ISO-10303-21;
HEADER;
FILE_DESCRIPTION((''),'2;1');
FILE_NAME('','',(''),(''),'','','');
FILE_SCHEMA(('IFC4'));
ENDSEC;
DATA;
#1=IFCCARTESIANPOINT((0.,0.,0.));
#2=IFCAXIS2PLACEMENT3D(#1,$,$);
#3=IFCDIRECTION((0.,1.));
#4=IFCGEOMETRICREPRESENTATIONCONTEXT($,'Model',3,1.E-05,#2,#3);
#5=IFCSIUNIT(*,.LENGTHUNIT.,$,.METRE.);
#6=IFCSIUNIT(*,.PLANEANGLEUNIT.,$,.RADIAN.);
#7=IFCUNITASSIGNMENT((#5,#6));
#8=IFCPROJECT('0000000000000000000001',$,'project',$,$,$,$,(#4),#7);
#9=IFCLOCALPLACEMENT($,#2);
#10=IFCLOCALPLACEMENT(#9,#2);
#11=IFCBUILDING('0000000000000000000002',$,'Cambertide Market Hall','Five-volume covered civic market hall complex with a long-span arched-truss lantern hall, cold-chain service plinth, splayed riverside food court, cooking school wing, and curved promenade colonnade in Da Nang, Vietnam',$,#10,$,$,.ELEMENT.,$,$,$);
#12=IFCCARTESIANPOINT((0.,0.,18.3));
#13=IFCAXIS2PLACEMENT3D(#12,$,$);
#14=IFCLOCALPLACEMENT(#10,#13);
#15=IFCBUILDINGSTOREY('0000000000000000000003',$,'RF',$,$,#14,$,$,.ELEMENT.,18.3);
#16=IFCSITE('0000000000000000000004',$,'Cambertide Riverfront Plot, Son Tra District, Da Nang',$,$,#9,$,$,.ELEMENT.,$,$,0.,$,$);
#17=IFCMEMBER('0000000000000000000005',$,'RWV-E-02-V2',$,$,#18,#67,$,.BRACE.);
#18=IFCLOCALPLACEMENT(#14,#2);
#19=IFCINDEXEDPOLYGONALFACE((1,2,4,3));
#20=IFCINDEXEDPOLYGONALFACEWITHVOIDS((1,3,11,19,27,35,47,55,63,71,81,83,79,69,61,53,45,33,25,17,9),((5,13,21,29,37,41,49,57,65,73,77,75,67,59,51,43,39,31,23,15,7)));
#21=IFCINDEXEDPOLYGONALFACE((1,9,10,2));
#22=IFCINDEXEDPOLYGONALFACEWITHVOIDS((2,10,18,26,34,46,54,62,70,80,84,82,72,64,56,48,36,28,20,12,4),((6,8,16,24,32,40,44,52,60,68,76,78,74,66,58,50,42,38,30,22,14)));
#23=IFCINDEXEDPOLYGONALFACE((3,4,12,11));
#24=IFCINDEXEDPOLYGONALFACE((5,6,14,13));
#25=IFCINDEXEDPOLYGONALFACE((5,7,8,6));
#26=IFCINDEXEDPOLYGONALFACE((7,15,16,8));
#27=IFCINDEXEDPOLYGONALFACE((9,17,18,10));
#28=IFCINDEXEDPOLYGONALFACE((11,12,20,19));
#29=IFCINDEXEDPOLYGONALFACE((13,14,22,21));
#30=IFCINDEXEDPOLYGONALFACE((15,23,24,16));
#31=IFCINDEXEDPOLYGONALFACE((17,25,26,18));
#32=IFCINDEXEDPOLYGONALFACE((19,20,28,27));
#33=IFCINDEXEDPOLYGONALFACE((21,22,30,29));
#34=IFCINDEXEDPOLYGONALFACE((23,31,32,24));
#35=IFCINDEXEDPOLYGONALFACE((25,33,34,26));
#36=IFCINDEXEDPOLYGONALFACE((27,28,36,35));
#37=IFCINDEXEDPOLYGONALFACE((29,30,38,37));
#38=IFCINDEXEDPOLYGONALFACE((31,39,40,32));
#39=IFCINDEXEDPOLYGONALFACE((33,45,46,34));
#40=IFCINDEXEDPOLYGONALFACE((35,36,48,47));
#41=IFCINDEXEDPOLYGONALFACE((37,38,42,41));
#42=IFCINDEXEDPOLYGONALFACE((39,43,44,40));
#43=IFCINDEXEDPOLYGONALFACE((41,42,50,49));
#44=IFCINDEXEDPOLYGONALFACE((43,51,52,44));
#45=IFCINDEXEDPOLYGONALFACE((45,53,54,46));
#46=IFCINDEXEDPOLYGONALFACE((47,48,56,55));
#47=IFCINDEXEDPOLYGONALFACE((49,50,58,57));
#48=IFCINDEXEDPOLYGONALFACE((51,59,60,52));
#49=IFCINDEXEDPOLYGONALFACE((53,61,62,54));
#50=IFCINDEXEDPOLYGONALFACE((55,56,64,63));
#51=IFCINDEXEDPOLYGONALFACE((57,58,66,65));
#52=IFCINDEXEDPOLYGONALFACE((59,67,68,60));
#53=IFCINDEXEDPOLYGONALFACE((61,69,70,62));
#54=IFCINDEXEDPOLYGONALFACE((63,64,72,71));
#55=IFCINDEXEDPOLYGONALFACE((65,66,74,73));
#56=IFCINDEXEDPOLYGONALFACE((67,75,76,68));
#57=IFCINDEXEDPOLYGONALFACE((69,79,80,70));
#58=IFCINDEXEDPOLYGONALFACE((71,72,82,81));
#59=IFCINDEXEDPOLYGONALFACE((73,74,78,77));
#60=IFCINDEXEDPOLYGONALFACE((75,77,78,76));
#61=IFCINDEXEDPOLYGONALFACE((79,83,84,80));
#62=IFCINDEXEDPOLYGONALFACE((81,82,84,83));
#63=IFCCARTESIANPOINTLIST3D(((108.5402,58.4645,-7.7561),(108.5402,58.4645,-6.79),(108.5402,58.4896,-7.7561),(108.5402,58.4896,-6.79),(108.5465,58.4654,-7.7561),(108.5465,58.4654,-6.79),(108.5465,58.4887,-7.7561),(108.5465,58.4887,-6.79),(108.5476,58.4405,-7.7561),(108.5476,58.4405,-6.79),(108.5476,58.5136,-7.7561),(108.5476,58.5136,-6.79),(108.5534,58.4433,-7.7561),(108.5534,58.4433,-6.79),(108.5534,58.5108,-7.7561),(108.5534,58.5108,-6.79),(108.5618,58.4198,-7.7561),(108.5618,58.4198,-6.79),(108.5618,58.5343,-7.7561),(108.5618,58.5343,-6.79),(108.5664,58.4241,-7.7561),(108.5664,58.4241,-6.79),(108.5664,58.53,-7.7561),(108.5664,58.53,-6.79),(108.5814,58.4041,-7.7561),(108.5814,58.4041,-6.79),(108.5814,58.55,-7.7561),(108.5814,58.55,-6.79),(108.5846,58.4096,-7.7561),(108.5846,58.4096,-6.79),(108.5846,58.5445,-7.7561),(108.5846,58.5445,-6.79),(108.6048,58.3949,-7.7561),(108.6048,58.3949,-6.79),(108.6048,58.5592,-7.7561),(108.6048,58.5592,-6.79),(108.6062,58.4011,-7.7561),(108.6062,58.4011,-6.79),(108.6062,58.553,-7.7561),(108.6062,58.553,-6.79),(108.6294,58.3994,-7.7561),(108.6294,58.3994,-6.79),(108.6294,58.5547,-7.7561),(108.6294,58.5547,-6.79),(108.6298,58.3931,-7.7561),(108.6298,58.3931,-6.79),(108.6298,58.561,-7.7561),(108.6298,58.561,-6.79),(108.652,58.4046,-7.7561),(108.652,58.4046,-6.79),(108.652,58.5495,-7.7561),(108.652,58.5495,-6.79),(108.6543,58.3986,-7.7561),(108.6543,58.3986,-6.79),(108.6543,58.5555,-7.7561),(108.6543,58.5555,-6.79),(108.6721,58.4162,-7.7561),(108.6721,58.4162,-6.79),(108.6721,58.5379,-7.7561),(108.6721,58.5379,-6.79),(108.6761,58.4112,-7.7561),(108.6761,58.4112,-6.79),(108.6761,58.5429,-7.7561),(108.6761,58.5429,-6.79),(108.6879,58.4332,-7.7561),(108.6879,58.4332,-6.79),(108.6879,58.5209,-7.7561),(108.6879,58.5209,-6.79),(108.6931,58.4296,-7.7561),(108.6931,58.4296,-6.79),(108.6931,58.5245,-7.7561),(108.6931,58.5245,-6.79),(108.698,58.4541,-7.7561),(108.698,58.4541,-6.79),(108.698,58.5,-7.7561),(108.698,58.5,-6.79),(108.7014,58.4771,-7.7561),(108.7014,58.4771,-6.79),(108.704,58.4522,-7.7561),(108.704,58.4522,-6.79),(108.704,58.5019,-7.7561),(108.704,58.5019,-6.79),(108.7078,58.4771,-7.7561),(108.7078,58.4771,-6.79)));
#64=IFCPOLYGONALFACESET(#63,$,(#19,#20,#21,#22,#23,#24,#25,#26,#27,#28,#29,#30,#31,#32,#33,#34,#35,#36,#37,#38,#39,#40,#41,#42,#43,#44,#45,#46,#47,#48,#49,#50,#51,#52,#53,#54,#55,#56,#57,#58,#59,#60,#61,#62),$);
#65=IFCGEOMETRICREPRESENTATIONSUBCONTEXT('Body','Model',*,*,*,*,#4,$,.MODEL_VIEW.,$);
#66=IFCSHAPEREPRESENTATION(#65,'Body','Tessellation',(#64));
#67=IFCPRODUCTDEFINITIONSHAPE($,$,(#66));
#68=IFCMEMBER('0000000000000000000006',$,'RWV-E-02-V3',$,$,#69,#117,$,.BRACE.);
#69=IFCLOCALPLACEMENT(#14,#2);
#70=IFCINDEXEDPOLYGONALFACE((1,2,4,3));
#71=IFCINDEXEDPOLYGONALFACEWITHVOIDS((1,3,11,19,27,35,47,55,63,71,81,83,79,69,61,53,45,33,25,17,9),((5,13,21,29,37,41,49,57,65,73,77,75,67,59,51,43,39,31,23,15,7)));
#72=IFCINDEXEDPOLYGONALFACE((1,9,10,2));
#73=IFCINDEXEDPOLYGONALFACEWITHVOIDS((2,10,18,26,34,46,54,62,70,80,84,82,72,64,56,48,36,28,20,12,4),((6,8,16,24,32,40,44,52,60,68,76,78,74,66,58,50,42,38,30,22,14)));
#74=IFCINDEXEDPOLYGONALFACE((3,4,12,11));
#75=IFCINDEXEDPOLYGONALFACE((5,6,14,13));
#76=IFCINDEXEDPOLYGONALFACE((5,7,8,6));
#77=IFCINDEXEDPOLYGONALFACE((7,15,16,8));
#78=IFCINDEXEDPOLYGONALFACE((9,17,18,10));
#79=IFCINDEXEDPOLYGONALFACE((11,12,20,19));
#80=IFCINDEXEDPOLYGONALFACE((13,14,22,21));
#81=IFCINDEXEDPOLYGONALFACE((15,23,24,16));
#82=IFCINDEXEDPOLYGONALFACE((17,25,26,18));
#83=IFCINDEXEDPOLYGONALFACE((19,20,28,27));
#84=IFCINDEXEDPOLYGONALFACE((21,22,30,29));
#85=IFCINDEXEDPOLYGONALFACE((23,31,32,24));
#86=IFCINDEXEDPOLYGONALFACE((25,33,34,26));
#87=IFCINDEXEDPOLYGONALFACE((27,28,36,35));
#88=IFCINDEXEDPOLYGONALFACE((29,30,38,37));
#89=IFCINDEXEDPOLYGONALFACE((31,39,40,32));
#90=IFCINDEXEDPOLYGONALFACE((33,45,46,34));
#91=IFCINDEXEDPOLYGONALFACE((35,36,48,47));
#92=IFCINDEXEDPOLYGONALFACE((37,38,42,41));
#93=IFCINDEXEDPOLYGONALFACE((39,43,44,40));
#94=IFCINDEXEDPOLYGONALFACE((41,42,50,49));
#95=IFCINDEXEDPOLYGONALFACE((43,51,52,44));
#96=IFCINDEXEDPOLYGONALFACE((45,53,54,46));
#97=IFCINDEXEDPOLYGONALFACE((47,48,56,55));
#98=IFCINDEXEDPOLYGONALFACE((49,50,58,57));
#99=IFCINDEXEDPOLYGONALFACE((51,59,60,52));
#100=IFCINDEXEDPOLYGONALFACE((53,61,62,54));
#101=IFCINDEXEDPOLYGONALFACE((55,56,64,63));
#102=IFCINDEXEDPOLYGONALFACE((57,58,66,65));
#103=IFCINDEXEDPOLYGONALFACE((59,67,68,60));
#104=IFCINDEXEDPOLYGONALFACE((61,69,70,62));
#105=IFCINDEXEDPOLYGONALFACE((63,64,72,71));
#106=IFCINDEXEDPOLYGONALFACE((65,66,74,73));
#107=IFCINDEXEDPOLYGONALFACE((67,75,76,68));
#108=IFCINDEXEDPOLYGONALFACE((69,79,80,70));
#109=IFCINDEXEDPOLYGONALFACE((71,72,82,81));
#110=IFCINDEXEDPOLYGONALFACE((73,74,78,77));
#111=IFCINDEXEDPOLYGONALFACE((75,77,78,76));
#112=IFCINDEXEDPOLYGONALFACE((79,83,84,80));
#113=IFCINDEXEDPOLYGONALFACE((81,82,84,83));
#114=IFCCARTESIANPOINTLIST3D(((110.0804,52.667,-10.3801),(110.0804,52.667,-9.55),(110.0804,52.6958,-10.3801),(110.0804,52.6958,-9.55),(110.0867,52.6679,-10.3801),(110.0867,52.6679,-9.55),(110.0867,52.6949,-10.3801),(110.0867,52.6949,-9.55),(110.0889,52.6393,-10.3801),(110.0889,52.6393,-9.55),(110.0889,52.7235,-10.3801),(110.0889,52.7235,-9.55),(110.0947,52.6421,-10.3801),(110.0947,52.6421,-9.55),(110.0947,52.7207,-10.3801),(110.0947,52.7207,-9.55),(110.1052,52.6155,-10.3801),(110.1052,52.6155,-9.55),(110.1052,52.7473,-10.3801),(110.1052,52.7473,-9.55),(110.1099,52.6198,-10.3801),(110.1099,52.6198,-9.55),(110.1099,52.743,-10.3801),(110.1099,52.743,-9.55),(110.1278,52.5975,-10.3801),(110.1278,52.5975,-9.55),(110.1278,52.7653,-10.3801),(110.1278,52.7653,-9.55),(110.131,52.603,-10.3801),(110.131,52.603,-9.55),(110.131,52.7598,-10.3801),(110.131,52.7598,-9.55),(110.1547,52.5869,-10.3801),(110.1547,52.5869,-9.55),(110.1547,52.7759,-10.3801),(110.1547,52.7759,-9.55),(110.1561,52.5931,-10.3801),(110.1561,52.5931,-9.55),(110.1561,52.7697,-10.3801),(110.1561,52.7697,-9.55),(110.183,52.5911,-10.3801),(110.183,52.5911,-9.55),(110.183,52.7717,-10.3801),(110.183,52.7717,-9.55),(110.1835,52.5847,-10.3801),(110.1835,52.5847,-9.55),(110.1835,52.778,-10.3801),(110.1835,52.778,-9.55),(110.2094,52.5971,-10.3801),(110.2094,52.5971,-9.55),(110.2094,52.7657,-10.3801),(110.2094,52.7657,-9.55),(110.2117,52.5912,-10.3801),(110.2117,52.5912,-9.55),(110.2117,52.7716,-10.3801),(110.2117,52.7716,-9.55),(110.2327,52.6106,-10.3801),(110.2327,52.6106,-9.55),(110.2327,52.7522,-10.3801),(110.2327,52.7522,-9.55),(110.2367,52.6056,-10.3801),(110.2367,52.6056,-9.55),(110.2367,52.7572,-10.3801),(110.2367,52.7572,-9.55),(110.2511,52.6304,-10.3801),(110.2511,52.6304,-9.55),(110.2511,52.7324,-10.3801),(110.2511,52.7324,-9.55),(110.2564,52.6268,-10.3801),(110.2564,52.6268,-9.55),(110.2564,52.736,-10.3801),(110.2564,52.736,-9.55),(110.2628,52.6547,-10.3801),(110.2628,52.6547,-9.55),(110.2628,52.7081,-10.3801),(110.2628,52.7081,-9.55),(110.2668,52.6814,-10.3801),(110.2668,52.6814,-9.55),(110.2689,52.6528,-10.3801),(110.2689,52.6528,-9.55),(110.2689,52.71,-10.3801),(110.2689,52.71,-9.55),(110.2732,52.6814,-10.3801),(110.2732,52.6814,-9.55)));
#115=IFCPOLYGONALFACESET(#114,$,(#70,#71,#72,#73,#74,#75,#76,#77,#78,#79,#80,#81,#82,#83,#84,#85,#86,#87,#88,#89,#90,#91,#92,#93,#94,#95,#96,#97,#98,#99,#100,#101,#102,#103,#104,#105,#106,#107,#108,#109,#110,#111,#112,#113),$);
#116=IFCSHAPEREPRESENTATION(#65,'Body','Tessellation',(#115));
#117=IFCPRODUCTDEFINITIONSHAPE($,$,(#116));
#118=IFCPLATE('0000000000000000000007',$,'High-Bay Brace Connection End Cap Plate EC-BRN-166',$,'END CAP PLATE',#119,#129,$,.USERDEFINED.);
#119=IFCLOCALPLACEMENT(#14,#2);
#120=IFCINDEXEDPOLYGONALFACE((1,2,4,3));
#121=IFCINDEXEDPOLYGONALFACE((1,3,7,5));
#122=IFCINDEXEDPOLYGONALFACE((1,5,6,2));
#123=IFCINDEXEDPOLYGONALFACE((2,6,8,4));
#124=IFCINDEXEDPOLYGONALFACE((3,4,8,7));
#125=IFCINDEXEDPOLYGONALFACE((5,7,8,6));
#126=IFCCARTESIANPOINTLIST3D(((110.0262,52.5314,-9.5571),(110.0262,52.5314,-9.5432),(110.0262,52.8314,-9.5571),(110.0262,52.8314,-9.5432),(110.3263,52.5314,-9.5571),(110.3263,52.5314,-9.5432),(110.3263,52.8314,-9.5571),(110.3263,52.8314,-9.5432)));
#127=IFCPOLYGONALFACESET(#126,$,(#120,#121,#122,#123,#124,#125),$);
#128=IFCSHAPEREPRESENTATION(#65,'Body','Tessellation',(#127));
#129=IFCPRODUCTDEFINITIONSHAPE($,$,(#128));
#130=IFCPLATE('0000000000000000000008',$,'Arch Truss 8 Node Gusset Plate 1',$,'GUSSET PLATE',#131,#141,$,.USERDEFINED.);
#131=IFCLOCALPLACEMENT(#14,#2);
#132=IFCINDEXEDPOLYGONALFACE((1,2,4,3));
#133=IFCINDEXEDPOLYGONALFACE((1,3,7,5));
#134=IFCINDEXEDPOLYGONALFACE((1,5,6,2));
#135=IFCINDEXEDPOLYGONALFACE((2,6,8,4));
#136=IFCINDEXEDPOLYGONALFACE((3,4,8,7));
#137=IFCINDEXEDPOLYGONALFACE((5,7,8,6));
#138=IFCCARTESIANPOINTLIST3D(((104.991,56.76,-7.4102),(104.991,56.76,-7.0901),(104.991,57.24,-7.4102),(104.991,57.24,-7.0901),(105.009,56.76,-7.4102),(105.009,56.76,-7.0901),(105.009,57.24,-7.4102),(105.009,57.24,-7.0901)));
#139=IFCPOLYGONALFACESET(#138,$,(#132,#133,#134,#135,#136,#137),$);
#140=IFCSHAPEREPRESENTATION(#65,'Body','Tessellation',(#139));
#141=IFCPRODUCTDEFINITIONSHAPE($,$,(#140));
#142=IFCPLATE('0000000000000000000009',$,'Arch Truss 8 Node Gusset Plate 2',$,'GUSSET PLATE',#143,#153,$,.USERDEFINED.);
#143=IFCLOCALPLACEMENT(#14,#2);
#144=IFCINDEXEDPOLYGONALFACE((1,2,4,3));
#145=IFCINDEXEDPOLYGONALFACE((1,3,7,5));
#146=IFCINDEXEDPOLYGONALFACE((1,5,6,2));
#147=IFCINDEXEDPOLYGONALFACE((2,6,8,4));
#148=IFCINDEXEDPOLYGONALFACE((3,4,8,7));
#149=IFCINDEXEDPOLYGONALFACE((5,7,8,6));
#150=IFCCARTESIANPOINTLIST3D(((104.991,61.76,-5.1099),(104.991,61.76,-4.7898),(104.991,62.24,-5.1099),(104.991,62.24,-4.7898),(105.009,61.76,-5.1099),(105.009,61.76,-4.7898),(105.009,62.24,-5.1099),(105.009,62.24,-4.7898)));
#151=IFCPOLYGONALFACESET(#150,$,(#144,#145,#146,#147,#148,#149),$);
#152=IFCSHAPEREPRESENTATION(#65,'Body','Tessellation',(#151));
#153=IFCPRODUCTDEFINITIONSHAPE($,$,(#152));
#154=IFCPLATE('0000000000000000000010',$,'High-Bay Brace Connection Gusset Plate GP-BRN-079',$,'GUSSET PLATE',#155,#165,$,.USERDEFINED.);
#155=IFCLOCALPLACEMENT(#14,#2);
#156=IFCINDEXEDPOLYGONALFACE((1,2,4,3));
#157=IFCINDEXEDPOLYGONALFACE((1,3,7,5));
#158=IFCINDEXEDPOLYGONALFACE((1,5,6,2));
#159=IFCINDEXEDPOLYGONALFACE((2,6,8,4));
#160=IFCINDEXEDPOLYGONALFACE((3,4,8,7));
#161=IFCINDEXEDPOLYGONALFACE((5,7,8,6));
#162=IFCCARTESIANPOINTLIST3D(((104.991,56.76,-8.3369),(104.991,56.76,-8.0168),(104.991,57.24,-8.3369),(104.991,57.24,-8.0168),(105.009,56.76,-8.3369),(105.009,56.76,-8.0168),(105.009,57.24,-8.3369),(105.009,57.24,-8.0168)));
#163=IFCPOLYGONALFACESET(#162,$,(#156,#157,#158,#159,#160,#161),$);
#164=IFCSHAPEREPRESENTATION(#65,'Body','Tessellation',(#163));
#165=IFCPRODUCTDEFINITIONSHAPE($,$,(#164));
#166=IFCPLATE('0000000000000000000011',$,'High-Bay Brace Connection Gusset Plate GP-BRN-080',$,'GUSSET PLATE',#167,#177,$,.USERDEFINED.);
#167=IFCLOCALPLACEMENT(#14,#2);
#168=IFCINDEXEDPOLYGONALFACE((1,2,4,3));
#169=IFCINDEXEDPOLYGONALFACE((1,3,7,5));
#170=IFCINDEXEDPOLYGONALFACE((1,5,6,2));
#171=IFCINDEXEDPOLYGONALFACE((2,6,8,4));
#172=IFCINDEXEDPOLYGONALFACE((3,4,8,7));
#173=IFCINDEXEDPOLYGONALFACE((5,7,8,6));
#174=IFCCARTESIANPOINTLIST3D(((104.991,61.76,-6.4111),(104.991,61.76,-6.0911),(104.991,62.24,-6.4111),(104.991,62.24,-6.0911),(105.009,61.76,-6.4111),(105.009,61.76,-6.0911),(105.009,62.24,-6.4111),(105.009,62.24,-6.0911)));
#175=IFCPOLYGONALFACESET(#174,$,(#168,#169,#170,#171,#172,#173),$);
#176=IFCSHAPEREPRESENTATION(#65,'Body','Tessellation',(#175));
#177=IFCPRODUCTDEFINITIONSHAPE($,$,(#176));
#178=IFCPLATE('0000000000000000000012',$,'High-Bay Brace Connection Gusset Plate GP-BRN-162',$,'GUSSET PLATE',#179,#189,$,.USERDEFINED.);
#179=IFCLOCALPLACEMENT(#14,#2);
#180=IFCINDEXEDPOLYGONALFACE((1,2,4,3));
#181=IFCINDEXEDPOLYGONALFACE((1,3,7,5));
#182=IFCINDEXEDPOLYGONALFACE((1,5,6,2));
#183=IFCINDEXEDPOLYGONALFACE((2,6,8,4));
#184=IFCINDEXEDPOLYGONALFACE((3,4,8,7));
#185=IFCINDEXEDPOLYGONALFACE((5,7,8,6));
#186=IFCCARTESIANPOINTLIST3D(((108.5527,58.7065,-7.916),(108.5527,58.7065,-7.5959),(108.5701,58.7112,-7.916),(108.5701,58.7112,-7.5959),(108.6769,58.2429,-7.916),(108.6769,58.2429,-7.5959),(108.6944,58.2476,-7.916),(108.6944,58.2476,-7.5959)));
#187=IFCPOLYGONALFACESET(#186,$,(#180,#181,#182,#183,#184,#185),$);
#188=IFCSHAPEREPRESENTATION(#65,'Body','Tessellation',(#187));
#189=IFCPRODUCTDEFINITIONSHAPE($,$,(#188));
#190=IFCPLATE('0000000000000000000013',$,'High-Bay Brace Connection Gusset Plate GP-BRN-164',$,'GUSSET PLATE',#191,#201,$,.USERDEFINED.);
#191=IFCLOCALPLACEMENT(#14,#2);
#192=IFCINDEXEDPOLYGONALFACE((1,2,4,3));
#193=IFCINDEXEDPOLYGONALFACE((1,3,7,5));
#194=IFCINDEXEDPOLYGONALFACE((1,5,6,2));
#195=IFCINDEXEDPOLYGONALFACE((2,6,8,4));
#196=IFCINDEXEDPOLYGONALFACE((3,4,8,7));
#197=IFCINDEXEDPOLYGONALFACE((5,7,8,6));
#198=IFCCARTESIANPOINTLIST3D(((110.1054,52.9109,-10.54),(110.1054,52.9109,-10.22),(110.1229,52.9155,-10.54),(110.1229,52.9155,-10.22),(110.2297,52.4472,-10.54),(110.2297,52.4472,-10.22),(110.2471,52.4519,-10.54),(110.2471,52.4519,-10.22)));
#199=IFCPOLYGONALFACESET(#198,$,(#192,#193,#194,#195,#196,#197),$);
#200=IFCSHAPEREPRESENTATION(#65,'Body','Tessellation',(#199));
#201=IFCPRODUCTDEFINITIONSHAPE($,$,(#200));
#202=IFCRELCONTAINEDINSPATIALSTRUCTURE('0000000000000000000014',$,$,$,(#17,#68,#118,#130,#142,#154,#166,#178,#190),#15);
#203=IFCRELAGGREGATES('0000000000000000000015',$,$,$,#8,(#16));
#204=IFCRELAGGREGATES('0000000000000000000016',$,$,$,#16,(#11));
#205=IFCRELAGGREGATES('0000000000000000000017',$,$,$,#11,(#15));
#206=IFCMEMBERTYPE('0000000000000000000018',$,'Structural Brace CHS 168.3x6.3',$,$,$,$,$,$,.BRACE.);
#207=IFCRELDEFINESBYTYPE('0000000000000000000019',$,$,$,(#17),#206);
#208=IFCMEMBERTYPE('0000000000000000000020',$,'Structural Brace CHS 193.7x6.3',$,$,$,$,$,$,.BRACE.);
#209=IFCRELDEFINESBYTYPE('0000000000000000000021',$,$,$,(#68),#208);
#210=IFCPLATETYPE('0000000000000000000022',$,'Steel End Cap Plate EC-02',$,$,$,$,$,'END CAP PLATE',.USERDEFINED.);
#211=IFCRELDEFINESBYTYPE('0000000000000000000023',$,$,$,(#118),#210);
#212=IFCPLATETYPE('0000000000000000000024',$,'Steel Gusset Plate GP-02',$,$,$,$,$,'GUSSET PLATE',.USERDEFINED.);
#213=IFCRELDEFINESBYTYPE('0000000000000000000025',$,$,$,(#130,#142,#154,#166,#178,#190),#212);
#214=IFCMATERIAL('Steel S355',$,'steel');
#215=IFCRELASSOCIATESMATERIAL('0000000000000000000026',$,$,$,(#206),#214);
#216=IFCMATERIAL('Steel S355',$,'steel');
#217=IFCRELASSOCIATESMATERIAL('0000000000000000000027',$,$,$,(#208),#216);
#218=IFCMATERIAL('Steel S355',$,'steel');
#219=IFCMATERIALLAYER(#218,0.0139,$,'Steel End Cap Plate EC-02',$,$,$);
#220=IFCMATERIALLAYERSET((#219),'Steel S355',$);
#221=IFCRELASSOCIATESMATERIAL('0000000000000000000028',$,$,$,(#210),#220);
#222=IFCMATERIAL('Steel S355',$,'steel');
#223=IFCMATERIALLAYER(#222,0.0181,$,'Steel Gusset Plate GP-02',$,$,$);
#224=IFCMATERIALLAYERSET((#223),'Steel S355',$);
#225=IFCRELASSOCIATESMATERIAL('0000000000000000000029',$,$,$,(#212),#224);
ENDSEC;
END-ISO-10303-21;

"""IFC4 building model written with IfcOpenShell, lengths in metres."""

from ifc_helpers import new_model, si_unit, direction, frame, origin, origin_2d, place, context, subcontext, project, spatial, rectangle, hollow_circle, extrude, material, layer, layer_set, material_profile, profile_set, type_object, element, save


model = new_model("IFC4")

# Units and contexts
model_context = context("Model", 3, precision=1e-05, world=origin(), true_north=direction((0.0, 1.0)))
body_context = subcontext(model_context, "Body", "Model", "MODEL_VIEW")
ifc_project = project(units=[si_unit("LENGTHUNIT", "METRE"), si_unit("PLANEANGLEUNIT", "RADIAN")], contexts=[model_context])

# Site, building, storey
site_placement = place(None, origin())
site = spatial("IfcSite", under=ifc_project, at=site_placement, Name="Cambertide Riverfront Plot, Son Tra District, Da Nang", CompositionType="ELEMENT", RefElevation=0.0)
building_placement = place(site_placement, origin())
building = spatial("IfcBuilding", under=site, at=building_placement, Name="Cambertide Market Hall", Description="Five-volume covered civic market hall complex with a long-span arched-truss lantern hall, cold-chain service plinth, splayed riverside food court, cooking school wing, and curved promenade colonnade in Da Nang, Vietnam", CompositionType="ELEMENT")
storey_placement = place(building_placement, frame((0.0, 0.0, 18.3)))
storey = spatial("IfcBuildingStorey", under=building, at=storey_placement, Name="RF", CompositionType="ELEMENT", Elevation=18.3)

# Members
ifc_material_1 = material(Name="Steel S355", Category="steel")
ifc_material_profile_1 = material_profile(ifc_material_1, hollow_circle(Radius=0.0842, WallThickness=0.0063, at=origin_2d()), Name="CHS 168.3x6.3")
ifc_profile_set_1 = profile_set([ifc_material_profile_1], Name="Steel S355")
member_type_1 = type_object("IfcMemberType", Name="Structural Brace CHS 168.3x6.3", PredefinedType="BRACE", material=ifc_profile_set_1)
member_1_placement = place(storey_placement, frame((108.6235, 58.4771, -7.7561), z_axis=(0.0, 0.0, 1.0), x_axis=(1.0, 0.0, 0.0)))
element("IfcMember", 1, at=member_1_placement, inside=storey, type_object=member_type_1, Name="RWV-E-02-V2", PredefinedType="BRACE", context=body_context, shape_type="SweptSolid", body=[
    extrude(hollow_circle(Radius=0.0842, WallThickness=0.0063, at=origin_2d()), origin(), (0.0, 0.0, 1.0), 0.9661),
])
ifc_material_2 = material(Name="Steel S355", Category="steel")
ifc_material_profile_2 = material_profile(ifc_material_2, hollow_circle(Radius=0.0969, WallThickness=0.0063, at=origin_2d()), Name="CHS 193.7x6.3")
ifc_profile_set_2 = profile_set([ifc_material_profile_2], Name="Steel S355")
member_type_2 = type_object("IfcMemberType", Name="Structural Brace CHS 193.7x6.3", PredefinedType="BRACE", material=ifc_profile_set_2)
member_2_placement = place(storey_placement, frame((110.1763, 52.6814, -10.3801), z_axis=(0.0, 0.0, 1.0), x_axis=(1.0, 0.0, 0.0)))
element("IfcMember", 2, at=member_2_placement, inside=storey, type_object=member_type_2, Name="RWV-E-02-V3", PredefinedType="BRACE", context=body_context, shape_type="SweptSolid", body=[
    extrude(hollow_circle(Radius=0.0969, WallThickness=0.0063, at=origin_2d()), origin(), (0.0, 0.0, 1.0), 0.8301),
])

# Plates
ifc_material_3 = material(Name="Steel S355", Category="steel")
ifc_layer_1 = layer(ifc_material_3, 0.0139, Name="Steel End Cap Plate EC-02")
ifc_layer_set_1 = layer_set([ifc_layer_1], Name="Steel S355")
plate_type_1 = type_object("IfcPlateType", Name="Steel End Cap Plate EC-02", ElementType="END CAP PLATE", PredefinedType="USERDEFINED", material=ifc_layer_set_1)
plate_placement = place(storey_placement, frame((110.1763, 52.6814, -9.5571), z_axis=(0.0, 0.0, 1.0), x_axis=(1.0, 0.0, 0.0)))
element("IfcPlate", 3, at=plate_placement, inside=storey, type_object=plate_type_1, Name="High-Bay Brace Connection End Cap Plate EC-BRN-166", ObjectType="END CAP PLATE", PredefinedType="USERDEFINED", context=body_context, shape_type="SweptSolid", body=[
    extrude(rectangle(XDim=0.3, YDim=0.3, at=origin_2d()), origin(), (0.0, 0.0, 1.0), 0.0139),
])
ifc_material_4 = material(Name="Steel S355", Category="steel")
ifc_layer_2 = layer(ifc_material_4, 0.0181, Name="Steel Gusset Plate GP-02")
ifc_layer_set_2 = layer_set([ifc_layer_2], Name="Steel S355")
plate_type_2 = type_object("IfcPlateType", Name="Steel Gusset Plate GP-02", ElementType="GUSSET PLATE", PredefinedType="USERDEFINED", material=ifc_layer_set_2)
for number, where, z_axis, x_axis, name in (
    (4, (105.0, 57.0, -7.4102), (0.0, 0.0, 1.0), (1.0, 0.0, 0.0), "Arch Truss 8 Node Gusset Plate 1"),
    (5, (105.0, 62.0, -5.1099), (0.0, 0.0, 1.0), (1.0, 0.0, 0.0), "Arch Truss 8 Node Gusset Plate 2"),
):
    element("IfcPlate", number, at=place(storey_placement, frame(where, z_axis=z_axis, x_axis=x_axis)), inside=storey, type_object=plate_type_2, Name=name, ObjectType="GUSSET PLATE", PredefinedType="USERDEFINED", context=body_context, shape_type="SweptSolid", body=[
        extrude(rectangle(XDim=0.0181, YDim=0.48, at=origin_2d()), origin(), (0.0, 0.0, 1.0), 0.3201),
    ])
for number, where, z_axis, x_axis, name in (
    (6, (105.0, 57.0, -8.3369), (0.0, 0.0, 1.0), (0.0, 1.0, 0.0), "High-Bay Brace Connection Gusset Plate GP-BRN-079"),
    (7, (105.0, 62.0, -6.4111), (0.0, 0.0, 1.0), (0.0, 1.0, 0.0), "High-Bay Brace Connection Gusset Plate GP-BRN-080"),
    (8, (108.6235, 58.4771, -7.916), (0.0, 0.0, 1.0), (-0.258819, 0.965926, 0.0), "High-Bay Brace Connection Gusset Plate GP-BRN-162"),
    (9, (110.1763, 52.6814, -10.54), (0.0, 0.0, 1.0), (-0.258819, 0.965926, 0.0), "High-Bay Brace Connection Gusset Plate GP-BRN-164"),
):
    element("IfcPlate", number, at=place(storey_placement, frame(where, z_axis=z_axis, x_axis=x_axis)), inside=storey, type_object=plate_type_2, Name=name, ObjectType="GUSSET PLATE", PredefinedType="USERDEFINED", context=body_context, shape_type="SweptSolid", body=[
        extrude(rectangle(XDim=0.48, YDim=0.0181, at=origin_2d()), origin(), (0.0, 0.0, 1.0), 0.3201),
    ])

save(model, "model.ifc")
